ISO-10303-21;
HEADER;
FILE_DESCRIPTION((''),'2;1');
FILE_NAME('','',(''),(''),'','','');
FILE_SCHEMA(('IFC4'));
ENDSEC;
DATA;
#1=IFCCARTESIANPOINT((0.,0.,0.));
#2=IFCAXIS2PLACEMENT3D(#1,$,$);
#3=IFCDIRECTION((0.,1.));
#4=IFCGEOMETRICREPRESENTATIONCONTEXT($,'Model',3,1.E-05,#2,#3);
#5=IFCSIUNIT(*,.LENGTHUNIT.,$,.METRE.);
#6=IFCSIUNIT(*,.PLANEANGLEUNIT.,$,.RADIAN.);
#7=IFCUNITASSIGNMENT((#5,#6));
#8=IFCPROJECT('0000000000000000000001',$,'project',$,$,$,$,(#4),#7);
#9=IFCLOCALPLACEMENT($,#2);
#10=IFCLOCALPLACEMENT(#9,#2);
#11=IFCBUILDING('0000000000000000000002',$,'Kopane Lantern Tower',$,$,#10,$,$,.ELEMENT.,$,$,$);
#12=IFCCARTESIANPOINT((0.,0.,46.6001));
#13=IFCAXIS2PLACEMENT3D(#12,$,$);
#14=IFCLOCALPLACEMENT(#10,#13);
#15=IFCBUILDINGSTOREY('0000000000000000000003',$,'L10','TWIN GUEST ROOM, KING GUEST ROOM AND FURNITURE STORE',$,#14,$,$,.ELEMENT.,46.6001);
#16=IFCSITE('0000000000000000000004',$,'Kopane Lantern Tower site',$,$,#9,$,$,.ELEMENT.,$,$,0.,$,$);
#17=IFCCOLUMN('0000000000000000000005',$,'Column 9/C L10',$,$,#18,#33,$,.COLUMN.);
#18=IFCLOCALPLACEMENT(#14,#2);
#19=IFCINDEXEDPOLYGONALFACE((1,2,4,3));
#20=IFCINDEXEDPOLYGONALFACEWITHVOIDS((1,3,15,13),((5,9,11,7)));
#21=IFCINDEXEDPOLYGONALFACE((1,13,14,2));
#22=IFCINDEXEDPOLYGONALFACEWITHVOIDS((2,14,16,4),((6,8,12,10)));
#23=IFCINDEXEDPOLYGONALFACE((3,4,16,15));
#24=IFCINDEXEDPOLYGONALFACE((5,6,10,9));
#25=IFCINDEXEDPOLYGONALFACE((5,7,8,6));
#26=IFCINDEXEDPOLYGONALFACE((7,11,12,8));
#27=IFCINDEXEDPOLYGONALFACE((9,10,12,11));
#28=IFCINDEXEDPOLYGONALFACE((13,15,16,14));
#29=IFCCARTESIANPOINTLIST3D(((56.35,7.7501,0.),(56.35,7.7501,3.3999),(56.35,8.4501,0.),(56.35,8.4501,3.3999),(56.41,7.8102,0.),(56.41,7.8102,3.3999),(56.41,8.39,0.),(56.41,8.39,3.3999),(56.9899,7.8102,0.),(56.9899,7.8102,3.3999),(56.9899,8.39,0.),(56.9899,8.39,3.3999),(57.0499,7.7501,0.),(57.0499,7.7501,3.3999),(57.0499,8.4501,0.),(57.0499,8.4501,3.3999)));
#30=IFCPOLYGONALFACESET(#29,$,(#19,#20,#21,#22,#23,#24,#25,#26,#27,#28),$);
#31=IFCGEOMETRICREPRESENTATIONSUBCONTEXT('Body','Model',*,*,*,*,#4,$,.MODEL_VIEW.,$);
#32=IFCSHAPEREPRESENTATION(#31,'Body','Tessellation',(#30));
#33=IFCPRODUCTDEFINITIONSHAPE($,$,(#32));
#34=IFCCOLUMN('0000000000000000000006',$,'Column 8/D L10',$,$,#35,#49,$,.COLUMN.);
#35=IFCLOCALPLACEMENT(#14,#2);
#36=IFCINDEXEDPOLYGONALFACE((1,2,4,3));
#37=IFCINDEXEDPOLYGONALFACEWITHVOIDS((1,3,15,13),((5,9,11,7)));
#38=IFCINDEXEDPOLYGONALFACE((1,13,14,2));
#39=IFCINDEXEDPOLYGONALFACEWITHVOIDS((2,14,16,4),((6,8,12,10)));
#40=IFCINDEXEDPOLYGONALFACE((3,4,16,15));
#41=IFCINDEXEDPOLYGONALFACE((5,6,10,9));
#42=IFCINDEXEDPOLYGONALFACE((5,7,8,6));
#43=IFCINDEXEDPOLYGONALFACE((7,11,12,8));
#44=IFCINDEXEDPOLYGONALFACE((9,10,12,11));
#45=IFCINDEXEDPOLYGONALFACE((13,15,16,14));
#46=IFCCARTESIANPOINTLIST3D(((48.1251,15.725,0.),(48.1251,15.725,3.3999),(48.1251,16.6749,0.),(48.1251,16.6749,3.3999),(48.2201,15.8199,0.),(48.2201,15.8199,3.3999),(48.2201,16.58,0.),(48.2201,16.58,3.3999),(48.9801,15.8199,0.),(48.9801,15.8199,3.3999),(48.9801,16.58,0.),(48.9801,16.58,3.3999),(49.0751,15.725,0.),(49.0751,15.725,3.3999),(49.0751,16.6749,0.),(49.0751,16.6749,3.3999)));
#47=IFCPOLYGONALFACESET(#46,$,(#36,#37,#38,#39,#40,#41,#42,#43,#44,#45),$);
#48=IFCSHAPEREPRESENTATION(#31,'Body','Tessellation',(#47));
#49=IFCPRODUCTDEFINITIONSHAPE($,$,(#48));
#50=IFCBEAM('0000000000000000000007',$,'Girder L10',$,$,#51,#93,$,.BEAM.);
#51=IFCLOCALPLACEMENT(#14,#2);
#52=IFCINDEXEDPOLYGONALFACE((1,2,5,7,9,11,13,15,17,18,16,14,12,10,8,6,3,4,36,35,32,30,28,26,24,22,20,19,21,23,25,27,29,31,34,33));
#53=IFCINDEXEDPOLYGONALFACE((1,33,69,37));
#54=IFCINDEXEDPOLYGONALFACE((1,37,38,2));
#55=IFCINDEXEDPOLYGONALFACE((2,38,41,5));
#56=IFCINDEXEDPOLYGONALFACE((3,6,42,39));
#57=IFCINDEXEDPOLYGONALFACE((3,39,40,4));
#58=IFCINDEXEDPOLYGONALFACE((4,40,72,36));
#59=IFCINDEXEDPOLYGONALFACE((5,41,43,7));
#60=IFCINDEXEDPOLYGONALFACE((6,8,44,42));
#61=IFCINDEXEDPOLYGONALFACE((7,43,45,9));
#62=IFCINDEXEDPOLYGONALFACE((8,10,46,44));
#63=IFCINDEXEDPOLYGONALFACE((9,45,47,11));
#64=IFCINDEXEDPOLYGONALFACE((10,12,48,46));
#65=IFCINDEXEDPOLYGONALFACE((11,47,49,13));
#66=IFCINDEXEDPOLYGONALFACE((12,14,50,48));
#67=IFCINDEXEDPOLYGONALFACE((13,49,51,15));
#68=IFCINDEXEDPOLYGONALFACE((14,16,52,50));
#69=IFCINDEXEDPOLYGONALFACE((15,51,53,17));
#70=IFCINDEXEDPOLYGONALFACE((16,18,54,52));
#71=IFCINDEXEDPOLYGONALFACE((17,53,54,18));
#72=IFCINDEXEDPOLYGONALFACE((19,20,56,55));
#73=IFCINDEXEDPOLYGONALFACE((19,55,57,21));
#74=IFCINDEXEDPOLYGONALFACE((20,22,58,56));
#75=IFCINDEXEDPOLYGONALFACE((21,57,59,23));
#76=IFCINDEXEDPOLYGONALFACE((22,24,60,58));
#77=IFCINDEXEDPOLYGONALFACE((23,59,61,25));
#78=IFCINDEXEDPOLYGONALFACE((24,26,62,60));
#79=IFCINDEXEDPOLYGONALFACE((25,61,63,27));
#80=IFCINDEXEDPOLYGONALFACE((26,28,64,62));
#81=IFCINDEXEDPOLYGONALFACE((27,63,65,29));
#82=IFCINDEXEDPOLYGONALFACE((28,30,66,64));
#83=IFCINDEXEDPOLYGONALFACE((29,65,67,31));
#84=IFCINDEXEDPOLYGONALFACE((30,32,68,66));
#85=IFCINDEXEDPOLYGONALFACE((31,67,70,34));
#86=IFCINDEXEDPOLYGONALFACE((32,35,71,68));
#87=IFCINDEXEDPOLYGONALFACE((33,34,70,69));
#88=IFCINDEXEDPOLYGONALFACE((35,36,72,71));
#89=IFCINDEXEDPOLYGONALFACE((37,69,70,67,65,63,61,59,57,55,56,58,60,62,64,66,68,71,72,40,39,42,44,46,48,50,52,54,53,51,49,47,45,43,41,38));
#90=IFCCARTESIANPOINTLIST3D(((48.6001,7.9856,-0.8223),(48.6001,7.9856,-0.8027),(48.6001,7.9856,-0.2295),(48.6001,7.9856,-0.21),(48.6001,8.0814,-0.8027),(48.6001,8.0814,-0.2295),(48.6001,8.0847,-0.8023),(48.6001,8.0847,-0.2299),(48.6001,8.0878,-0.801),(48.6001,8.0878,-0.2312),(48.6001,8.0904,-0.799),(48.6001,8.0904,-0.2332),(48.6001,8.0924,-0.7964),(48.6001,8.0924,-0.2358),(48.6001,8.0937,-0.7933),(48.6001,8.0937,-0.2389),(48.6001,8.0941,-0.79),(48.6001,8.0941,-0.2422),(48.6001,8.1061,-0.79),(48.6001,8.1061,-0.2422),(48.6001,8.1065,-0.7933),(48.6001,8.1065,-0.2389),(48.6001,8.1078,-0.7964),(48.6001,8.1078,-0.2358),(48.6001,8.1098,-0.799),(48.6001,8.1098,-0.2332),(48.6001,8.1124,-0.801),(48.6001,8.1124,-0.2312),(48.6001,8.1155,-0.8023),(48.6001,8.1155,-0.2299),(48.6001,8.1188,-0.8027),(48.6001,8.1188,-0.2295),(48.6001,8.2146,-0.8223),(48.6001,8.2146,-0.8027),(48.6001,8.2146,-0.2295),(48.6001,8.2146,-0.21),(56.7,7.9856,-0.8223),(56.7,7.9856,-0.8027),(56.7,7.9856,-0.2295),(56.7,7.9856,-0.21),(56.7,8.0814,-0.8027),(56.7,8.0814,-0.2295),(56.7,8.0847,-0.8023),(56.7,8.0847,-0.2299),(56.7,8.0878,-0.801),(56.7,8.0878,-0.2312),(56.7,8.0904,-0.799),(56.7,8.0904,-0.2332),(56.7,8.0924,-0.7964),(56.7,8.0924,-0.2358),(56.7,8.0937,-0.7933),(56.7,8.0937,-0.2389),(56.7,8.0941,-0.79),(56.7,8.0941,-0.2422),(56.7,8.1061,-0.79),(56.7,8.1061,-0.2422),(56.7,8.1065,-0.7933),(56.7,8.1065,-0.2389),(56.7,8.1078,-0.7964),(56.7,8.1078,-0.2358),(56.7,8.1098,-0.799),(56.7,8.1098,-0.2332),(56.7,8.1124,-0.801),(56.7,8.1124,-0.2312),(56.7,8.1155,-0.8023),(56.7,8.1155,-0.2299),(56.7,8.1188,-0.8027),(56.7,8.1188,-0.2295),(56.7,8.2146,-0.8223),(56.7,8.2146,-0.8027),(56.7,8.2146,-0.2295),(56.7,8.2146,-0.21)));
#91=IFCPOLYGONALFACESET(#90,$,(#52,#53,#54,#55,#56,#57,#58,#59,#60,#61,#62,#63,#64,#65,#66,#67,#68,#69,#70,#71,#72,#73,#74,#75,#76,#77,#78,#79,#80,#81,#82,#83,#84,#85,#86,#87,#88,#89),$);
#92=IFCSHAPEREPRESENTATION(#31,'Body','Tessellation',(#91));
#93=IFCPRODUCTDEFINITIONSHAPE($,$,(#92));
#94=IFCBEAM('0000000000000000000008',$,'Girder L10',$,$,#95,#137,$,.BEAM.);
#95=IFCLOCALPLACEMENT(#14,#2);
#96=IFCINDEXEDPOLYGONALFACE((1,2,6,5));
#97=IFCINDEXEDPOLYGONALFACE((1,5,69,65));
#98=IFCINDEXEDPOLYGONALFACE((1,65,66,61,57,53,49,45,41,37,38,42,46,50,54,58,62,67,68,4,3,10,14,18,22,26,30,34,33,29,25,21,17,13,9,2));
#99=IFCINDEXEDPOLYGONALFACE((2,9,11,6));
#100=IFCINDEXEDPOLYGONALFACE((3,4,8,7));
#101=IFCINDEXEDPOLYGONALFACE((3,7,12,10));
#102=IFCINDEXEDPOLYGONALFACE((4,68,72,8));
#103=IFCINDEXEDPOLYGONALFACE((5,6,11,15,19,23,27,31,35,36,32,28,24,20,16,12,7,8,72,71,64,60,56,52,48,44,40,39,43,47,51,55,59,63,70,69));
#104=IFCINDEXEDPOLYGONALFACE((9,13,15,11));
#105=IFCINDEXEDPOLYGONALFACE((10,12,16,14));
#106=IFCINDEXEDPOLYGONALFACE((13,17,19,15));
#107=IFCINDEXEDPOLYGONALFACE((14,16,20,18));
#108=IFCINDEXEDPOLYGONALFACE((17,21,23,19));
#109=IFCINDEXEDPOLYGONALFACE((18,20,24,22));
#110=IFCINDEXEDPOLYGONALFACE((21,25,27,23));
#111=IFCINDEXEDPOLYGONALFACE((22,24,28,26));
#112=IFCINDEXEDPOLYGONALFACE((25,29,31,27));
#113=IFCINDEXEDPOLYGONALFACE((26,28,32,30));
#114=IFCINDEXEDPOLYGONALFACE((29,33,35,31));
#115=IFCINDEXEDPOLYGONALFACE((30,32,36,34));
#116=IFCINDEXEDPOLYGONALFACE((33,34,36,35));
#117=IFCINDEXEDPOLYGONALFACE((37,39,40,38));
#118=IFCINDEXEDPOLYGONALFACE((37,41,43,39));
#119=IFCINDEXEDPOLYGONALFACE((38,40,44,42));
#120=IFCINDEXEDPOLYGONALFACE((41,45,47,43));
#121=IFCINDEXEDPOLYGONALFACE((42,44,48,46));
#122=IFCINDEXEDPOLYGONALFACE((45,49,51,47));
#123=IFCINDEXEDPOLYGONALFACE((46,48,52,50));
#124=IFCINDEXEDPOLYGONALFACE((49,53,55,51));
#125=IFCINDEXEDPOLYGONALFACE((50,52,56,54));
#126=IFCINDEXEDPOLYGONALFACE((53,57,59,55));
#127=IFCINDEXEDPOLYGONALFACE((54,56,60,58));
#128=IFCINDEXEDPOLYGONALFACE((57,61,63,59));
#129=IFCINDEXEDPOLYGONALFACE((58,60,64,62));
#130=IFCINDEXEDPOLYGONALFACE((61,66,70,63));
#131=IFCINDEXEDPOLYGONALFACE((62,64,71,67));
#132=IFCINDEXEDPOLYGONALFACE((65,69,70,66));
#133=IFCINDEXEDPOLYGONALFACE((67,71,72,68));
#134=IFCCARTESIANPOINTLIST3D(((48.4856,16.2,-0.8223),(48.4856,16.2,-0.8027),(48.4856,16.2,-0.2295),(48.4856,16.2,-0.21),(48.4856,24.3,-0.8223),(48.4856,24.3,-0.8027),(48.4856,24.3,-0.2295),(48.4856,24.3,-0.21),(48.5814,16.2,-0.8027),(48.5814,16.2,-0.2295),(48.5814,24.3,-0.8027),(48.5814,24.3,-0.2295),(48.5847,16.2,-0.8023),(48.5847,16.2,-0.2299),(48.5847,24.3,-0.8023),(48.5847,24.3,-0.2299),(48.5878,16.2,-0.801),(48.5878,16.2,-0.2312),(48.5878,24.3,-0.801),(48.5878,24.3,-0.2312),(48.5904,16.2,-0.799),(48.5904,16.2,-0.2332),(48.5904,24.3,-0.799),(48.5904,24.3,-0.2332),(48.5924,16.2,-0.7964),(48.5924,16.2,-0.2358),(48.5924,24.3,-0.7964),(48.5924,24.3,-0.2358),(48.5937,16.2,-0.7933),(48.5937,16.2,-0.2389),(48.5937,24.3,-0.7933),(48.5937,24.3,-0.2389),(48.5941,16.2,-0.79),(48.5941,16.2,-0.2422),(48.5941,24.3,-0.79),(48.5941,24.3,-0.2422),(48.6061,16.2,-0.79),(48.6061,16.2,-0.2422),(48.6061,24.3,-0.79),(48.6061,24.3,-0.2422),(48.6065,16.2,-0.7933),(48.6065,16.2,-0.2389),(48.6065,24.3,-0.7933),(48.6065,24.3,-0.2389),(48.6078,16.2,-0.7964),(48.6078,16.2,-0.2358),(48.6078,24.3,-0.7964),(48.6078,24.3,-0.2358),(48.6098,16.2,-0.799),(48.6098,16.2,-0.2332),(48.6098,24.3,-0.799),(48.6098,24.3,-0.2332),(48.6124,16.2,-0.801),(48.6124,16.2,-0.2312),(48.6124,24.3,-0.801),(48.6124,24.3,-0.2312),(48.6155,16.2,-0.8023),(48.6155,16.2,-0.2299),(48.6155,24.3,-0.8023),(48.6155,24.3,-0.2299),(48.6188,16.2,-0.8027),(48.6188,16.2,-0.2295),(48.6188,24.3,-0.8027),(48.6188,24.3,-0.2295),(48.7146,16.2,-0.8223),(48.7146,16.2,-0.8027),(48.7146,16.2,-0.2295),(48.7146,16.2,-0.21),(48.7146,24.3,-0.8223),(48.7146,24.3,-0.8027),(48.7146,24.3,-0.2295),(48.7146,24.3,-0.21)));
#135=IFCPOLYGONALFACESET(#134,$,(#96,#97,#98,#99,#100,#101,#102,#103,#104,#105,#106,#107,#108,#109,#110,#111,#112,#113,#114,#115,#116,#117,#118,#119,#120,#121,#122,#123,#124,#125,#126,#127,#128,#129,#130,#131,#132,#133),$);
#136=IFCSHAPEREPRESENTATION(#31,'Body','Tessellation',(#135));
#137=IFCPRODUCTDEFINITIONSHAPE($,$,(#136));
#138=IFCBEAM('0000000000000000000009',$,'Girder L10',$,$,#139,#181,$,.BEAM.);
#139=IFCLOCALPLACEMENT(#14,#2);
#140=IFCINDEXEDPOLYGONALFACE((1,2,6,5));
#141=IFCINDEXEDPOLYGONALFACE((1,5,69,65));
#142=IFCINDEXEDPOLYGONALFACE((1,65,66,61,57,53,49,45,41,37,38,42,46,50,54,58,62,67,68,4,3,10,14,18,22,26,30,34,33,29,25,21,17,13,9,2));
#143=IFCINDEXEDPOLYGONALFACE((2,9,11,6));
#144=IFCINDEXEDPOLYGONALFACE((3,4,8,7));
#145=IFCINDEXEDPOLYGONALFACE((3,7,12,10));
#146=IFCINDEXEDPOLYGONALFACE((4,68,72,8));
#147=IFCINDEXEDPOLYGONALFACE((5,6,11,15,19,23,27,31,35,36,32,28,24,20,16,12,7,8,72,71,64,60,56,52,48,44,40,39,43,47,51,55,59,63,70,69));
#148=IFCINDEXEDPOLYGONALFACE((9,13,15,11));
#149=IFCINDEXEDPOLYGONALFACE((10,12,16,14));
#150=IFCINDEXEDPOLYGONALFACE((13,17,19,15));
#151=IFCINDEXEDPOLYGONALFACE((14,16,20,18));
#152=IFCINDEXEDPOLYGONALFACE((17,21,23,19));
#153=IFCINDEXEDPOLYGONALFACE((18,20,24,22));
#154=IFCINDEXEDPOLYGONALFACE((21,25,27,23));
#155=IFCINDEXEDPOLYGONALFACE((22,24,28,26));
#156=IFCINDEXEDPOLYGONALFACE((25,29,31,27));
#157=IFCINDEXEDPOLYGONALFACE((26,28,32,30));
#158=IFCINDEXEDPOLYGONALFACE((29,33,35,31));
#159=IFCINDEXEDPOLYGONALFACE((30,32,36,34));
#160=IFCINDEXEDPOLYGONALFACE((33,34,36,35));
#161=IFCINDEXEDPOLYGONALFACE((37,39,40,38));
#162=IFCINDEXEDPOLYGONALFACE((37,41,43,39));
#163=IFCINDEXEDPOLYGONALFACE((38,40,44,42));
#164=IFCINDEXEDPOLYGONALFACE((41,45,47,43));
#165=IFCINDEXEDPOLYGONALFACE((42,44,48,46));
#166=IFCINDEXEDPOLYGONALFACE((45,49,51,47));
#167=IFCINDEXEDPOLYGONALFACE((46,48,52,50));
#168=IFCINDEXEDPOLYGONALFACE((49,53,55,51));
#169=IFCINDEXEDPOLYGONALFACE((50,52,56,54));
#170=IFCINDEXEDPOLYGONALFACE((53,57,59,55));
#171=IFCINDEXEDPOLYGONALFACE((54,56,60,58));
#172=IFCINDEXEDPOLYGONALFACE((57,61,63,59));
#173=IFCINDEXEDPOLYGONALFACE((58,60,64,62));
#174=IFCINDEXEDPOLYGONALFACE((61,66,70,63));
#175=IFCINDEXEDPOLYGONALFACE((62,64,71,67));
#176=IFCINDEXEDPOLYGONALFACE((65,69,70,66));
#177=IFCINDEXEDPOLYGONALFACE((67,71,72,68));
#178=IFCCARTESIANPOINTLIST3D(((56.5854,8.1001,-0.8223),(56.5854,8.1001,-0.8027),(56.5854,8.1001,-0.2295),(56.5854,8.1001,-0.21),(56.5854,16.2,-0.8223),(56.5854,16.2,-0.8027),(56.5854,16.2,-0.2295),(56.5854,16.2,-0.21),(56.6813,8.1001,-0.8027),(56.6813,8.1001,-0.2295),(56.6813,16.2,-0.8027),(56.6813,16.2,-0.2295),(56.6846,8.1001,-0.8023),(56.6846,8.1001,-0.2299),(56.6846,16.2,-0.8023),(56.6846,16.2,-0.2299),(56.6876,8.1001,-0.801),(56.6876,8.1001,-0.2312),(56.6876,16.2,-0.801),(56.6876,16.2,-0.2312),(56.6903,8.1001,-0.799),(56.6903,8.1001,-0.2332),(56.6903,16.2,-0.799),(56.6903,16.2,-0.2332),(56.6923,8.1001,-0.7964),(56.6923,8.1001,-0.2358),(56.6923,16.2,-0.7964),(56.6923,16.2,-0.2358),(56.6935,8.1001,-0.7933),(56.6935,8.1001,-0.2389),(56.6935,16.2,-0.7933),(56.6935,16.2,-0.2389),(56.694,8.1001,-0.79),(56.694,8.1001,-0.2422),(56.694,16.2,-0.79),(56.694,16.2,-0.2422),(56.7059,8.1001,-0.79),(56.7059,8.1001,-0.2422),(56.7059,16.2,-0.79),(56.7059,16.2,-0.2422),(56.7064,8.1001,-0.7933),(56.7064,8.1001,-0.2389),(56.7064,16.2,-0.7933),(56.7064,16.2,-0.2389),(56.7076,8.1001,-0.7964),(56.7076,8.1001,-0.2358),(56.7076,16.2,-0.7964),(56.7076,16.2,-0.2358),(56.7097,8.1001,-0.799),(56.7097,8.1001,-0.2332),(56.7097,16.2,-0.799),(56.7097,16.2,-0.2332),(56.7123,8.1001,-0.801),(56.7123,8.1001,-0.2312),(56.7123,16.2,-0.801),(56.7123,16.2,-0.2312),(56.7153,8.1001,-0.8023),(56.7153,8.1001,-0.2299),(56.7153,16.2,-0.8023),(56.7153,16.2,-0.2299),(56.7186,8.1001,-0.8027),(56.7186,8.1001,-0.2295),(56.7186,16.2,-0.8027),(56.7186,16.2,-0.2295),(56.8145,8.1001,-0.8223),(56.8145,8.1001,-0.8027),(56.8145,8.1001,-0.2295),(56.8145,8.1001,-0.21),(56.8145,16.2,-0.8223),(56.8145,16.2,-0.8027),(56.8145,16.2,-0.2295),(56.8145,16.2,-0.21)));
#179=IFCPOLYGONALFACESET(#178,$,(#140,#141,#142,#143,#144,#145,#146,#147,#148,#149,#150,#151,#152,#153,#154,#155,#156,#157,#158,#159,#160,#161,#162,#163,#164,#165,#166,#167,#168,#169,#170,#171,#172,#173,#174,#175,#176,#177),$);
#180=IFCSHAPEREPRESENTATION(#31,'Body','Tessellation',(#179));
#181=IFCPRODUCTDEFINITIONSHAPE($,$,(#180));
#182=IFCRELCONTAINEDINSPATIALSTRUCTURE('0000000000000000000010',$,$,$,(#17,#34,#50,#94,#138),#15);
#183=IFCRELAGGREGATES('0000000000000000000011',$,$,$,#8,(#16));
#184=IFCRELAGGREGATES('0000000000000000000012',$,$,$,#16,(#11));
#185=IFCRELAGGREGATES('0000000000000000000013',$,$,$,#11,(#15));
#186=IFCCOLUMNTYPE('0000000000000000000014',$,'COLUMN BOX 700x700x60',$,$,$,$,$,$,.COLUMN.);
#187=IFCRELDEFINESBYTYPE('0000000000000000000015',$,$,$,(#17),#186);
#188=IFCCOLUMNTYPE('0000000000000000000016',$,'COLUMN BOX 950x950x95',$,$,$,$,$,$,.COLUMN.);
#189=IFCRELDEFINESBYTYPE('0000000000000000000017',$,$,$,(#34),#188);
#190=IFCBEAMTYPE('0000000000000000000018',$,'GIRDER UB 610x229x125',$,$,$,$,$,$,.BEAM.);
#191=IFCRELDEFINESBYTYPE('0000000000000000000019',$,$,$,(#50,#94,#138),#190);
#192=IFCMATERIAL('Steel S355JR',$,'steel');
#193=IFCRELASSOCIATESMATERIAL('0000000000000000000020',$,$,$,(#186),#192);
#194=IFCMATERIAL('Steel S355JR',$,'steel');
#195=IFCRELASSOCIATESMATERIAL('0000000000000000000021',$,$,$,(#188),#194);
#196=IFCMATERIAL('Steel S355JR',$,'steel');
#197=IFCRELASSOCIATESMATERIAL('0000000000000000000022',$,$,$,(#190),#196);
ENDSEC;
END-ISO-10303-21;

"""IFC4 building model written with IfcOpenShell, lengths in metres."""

from ifc_helpers import new_model, si_unit, direction, frame, origin, origin_2d, place, context, subcontext, project, spatial, hollow_rectangle, i_section, extrude, material, material_profile, profile_set, type_object, element, save


model = new_model("IFC4")

# Units and contexts
model_context = context("Model", 3, precision=1e-05, world=origin(), true_north=direction((0.0, 1.0)))
body_context = subcontext(model_context, "Body", "Model", "MODEL_VIEW")
ifc_project = project(units=[si_unit("LENGTHUNIT", "METRE"), si_unit("PLANEANGLEUNIT", "RADIAN")], contexts=[model_context])

# Site, building, storey
site_placement = place(None, origin())
site = spatial("IfcSite", under=ifc_project, at=site_placement, Name="Kopane Lantern Tower site", CompositionType="ELEMENT", RefElevation=0.0)
building_placement = place(site_placement, origin())
building = spatial("IfcBuilding", under=site, at=building_placement, Name="Kopane Lantern Tower", CompositionType="ELEMENT")
storey_placement = place(building_placement, frame((0.0, 0.0, 46.6001)))
storey = spatial("IfcBuildingStorey", under=building, at=storey_placement, Name="L10", Description="TWIN GUEST ROOM, KING GUEST ROOM AND FURNITURE STORE", CompositionType="ELEMENT", Elevation=46.6001)

# Columns
ifc_material_1 = material(Name="Steel S355JR", Category="steel")
ifc_material_profile_1 = material_profile(ifc_material_1, hollow_rectangle(XDim=0.7, YDim=0.7, WallThickness=0.0601, at=origin_2d()), Name="BOX 700x700x60")
ifc_profile_set_1 = profile_set([ifc_material_profile_1], Name="Steel S355JR")
column_type_1 = type_object("IfcColumnType", Name="COLUMN BOX 700x700x60", PredefinedType="COLUMN", material=ifc_profile_set_1)
column_1_placement = place(storey_placement, frame((56.7, 8.1001, 0.0), z_axis=(0.0, 0.0, 1.0), x_axis=(1.0, 0.0, 0.0)))
element("IfcColumn", 1, at=column_1_placement, inside=storey, type_object=column_type_1, Name="Column 9/C L10", PredefinedType="COLUMN", context=body_context, shape_type="SweptSolid", body=[
    extrude(hollow_rectangle(XDim=0.7, YDim=0.7, WallThickness=0.0601, at=origin_2d()), origin(), (0.0, 0.0, 1.0), 3.3999),
])
ifc_material_2 = material(Name="Steel S355JR", Category="steel")
ifc_material_profile_2 = material_profile(ifc_material_2, hollow_rectangle(XDim=0.95, YDim=0.95, WallThickness=0.095, at=origin_2d()), Name="BOX 950x950x95")
ifc_profile_set_2 = profile_set([ifc_material_profile_2], Name="Steel S355JR")
column_type_2 = type_object("IfcColumnType", Name="COLUMN BOX 950x950x95", PredefinedType="COLUMN", material=ifc_profile_set_2)
column_2_placement = place(storey_placement, frame((48.6001, 16.2, 0.0), z_axis=(0.0, 0.0, 1.0), x_axis=(1.0, 0.0, 0.0)))
element("IfcColumn", 2, at=column_2_placement, inside=storey, type_object=column_type_2, Name="Column 8/D L10", PredefinedType="COLUMN", context=body_context, shape_type="SweptSolid", body=[
    extrude(hollow_rectangle(XDim=0.95, YDim=0.95, WallThickness=0.095, at=origin_2d()), origin(), (0.0, 0.0, 1.0), 3.3999),
])

# Beams
ifc_material_3 = material(Name="Steel S355JR", Category="steel")
ifc_material_profile_3 = material_profile(ifc_material_3, i_section(OverallWidth=0.229, OverallDepth=0.6123, WebThickness=0.012, FlangeThickness=0.0195, FilletRadius=0.0127, at=origin_2d()), Name="UB 610x229x125")
ifc_profile_set_3 = profile_set([ifc_material_profile_3], Name="Steel S355JR")
beam_type = type_object("IfcBeamType", Name="GIRDER UB 610x229x125", PredefinedType="BEAM", material=ifc_profile_set_3)
beam_1_placement = place(storey_placement, frame((48.6001, 8.1001, -0.5161), z_axis=(1.0, 0.0, 0.0), x_axis=(0.0, 1.0, 0.0)))
element("IfcBeam", 3, at=beam_1_placement, inside=storey, type_object=beam_type, Name="Girder L10", PredefinedType="BEAM", context=body_context, shape_type="SweptSolid", body=[
    extrude(i_section(OverallWidth=0.229, OverallDepth=0.6123, WebThickness=0.012, FlangeThickness=0.0195, FilletRadius=0.0127, at=origin_2d()), origin(), (0.0, 0.0, 1.0), 8.0999),
])
beam_2_placement = place(storey_placement, frame((48.6001, 16.2, -0.5161), z_axis=(0.0, 1.0, 0.0), x_axis=(-1.0, 0.0, 0.0)))
element("IfcBeam", 4, at=beam_2_placement, inside=storey, type_object=beam_type, Name="Girder L10", PredefinedType="BEAM", context=body_context, shape_type="SweptSolid", body=[
    extrude(i_section(OverallWidth=0.229, OverallDepth=0.6123, WebThickness=0.012, FlangeThickness=0.0195, FilletRadius=0.0127, at=origin_2d()), origin(), (0.0, 0.0, 1.0), 8.1001),
])
beam_3_placement = place(storey_placement, frame((56.7, 8.1001, -0.5161), z_axis=(0.0, 1.0, 0.0), x_axis=(-1.0, 0.0, 0.0)))
element("IfcBeam", 5, at=beam_3_placement, inside=storey, type_object=beam_type, Name="Girder L10", PredefinedType="BEAM", context=body_context, shape_type="SweptSolid", body=[
    extrude(i_section(OverallWidth=0.229, OverallDepth=0.6123, WebThickness=0.012, FlangeThickness=0.0195, FilletRadius=0.0127, at=origin_2d()), origin(), (0.0, 0.0, 1.0), 8.0999),
])

save(model, "model.ifc")
